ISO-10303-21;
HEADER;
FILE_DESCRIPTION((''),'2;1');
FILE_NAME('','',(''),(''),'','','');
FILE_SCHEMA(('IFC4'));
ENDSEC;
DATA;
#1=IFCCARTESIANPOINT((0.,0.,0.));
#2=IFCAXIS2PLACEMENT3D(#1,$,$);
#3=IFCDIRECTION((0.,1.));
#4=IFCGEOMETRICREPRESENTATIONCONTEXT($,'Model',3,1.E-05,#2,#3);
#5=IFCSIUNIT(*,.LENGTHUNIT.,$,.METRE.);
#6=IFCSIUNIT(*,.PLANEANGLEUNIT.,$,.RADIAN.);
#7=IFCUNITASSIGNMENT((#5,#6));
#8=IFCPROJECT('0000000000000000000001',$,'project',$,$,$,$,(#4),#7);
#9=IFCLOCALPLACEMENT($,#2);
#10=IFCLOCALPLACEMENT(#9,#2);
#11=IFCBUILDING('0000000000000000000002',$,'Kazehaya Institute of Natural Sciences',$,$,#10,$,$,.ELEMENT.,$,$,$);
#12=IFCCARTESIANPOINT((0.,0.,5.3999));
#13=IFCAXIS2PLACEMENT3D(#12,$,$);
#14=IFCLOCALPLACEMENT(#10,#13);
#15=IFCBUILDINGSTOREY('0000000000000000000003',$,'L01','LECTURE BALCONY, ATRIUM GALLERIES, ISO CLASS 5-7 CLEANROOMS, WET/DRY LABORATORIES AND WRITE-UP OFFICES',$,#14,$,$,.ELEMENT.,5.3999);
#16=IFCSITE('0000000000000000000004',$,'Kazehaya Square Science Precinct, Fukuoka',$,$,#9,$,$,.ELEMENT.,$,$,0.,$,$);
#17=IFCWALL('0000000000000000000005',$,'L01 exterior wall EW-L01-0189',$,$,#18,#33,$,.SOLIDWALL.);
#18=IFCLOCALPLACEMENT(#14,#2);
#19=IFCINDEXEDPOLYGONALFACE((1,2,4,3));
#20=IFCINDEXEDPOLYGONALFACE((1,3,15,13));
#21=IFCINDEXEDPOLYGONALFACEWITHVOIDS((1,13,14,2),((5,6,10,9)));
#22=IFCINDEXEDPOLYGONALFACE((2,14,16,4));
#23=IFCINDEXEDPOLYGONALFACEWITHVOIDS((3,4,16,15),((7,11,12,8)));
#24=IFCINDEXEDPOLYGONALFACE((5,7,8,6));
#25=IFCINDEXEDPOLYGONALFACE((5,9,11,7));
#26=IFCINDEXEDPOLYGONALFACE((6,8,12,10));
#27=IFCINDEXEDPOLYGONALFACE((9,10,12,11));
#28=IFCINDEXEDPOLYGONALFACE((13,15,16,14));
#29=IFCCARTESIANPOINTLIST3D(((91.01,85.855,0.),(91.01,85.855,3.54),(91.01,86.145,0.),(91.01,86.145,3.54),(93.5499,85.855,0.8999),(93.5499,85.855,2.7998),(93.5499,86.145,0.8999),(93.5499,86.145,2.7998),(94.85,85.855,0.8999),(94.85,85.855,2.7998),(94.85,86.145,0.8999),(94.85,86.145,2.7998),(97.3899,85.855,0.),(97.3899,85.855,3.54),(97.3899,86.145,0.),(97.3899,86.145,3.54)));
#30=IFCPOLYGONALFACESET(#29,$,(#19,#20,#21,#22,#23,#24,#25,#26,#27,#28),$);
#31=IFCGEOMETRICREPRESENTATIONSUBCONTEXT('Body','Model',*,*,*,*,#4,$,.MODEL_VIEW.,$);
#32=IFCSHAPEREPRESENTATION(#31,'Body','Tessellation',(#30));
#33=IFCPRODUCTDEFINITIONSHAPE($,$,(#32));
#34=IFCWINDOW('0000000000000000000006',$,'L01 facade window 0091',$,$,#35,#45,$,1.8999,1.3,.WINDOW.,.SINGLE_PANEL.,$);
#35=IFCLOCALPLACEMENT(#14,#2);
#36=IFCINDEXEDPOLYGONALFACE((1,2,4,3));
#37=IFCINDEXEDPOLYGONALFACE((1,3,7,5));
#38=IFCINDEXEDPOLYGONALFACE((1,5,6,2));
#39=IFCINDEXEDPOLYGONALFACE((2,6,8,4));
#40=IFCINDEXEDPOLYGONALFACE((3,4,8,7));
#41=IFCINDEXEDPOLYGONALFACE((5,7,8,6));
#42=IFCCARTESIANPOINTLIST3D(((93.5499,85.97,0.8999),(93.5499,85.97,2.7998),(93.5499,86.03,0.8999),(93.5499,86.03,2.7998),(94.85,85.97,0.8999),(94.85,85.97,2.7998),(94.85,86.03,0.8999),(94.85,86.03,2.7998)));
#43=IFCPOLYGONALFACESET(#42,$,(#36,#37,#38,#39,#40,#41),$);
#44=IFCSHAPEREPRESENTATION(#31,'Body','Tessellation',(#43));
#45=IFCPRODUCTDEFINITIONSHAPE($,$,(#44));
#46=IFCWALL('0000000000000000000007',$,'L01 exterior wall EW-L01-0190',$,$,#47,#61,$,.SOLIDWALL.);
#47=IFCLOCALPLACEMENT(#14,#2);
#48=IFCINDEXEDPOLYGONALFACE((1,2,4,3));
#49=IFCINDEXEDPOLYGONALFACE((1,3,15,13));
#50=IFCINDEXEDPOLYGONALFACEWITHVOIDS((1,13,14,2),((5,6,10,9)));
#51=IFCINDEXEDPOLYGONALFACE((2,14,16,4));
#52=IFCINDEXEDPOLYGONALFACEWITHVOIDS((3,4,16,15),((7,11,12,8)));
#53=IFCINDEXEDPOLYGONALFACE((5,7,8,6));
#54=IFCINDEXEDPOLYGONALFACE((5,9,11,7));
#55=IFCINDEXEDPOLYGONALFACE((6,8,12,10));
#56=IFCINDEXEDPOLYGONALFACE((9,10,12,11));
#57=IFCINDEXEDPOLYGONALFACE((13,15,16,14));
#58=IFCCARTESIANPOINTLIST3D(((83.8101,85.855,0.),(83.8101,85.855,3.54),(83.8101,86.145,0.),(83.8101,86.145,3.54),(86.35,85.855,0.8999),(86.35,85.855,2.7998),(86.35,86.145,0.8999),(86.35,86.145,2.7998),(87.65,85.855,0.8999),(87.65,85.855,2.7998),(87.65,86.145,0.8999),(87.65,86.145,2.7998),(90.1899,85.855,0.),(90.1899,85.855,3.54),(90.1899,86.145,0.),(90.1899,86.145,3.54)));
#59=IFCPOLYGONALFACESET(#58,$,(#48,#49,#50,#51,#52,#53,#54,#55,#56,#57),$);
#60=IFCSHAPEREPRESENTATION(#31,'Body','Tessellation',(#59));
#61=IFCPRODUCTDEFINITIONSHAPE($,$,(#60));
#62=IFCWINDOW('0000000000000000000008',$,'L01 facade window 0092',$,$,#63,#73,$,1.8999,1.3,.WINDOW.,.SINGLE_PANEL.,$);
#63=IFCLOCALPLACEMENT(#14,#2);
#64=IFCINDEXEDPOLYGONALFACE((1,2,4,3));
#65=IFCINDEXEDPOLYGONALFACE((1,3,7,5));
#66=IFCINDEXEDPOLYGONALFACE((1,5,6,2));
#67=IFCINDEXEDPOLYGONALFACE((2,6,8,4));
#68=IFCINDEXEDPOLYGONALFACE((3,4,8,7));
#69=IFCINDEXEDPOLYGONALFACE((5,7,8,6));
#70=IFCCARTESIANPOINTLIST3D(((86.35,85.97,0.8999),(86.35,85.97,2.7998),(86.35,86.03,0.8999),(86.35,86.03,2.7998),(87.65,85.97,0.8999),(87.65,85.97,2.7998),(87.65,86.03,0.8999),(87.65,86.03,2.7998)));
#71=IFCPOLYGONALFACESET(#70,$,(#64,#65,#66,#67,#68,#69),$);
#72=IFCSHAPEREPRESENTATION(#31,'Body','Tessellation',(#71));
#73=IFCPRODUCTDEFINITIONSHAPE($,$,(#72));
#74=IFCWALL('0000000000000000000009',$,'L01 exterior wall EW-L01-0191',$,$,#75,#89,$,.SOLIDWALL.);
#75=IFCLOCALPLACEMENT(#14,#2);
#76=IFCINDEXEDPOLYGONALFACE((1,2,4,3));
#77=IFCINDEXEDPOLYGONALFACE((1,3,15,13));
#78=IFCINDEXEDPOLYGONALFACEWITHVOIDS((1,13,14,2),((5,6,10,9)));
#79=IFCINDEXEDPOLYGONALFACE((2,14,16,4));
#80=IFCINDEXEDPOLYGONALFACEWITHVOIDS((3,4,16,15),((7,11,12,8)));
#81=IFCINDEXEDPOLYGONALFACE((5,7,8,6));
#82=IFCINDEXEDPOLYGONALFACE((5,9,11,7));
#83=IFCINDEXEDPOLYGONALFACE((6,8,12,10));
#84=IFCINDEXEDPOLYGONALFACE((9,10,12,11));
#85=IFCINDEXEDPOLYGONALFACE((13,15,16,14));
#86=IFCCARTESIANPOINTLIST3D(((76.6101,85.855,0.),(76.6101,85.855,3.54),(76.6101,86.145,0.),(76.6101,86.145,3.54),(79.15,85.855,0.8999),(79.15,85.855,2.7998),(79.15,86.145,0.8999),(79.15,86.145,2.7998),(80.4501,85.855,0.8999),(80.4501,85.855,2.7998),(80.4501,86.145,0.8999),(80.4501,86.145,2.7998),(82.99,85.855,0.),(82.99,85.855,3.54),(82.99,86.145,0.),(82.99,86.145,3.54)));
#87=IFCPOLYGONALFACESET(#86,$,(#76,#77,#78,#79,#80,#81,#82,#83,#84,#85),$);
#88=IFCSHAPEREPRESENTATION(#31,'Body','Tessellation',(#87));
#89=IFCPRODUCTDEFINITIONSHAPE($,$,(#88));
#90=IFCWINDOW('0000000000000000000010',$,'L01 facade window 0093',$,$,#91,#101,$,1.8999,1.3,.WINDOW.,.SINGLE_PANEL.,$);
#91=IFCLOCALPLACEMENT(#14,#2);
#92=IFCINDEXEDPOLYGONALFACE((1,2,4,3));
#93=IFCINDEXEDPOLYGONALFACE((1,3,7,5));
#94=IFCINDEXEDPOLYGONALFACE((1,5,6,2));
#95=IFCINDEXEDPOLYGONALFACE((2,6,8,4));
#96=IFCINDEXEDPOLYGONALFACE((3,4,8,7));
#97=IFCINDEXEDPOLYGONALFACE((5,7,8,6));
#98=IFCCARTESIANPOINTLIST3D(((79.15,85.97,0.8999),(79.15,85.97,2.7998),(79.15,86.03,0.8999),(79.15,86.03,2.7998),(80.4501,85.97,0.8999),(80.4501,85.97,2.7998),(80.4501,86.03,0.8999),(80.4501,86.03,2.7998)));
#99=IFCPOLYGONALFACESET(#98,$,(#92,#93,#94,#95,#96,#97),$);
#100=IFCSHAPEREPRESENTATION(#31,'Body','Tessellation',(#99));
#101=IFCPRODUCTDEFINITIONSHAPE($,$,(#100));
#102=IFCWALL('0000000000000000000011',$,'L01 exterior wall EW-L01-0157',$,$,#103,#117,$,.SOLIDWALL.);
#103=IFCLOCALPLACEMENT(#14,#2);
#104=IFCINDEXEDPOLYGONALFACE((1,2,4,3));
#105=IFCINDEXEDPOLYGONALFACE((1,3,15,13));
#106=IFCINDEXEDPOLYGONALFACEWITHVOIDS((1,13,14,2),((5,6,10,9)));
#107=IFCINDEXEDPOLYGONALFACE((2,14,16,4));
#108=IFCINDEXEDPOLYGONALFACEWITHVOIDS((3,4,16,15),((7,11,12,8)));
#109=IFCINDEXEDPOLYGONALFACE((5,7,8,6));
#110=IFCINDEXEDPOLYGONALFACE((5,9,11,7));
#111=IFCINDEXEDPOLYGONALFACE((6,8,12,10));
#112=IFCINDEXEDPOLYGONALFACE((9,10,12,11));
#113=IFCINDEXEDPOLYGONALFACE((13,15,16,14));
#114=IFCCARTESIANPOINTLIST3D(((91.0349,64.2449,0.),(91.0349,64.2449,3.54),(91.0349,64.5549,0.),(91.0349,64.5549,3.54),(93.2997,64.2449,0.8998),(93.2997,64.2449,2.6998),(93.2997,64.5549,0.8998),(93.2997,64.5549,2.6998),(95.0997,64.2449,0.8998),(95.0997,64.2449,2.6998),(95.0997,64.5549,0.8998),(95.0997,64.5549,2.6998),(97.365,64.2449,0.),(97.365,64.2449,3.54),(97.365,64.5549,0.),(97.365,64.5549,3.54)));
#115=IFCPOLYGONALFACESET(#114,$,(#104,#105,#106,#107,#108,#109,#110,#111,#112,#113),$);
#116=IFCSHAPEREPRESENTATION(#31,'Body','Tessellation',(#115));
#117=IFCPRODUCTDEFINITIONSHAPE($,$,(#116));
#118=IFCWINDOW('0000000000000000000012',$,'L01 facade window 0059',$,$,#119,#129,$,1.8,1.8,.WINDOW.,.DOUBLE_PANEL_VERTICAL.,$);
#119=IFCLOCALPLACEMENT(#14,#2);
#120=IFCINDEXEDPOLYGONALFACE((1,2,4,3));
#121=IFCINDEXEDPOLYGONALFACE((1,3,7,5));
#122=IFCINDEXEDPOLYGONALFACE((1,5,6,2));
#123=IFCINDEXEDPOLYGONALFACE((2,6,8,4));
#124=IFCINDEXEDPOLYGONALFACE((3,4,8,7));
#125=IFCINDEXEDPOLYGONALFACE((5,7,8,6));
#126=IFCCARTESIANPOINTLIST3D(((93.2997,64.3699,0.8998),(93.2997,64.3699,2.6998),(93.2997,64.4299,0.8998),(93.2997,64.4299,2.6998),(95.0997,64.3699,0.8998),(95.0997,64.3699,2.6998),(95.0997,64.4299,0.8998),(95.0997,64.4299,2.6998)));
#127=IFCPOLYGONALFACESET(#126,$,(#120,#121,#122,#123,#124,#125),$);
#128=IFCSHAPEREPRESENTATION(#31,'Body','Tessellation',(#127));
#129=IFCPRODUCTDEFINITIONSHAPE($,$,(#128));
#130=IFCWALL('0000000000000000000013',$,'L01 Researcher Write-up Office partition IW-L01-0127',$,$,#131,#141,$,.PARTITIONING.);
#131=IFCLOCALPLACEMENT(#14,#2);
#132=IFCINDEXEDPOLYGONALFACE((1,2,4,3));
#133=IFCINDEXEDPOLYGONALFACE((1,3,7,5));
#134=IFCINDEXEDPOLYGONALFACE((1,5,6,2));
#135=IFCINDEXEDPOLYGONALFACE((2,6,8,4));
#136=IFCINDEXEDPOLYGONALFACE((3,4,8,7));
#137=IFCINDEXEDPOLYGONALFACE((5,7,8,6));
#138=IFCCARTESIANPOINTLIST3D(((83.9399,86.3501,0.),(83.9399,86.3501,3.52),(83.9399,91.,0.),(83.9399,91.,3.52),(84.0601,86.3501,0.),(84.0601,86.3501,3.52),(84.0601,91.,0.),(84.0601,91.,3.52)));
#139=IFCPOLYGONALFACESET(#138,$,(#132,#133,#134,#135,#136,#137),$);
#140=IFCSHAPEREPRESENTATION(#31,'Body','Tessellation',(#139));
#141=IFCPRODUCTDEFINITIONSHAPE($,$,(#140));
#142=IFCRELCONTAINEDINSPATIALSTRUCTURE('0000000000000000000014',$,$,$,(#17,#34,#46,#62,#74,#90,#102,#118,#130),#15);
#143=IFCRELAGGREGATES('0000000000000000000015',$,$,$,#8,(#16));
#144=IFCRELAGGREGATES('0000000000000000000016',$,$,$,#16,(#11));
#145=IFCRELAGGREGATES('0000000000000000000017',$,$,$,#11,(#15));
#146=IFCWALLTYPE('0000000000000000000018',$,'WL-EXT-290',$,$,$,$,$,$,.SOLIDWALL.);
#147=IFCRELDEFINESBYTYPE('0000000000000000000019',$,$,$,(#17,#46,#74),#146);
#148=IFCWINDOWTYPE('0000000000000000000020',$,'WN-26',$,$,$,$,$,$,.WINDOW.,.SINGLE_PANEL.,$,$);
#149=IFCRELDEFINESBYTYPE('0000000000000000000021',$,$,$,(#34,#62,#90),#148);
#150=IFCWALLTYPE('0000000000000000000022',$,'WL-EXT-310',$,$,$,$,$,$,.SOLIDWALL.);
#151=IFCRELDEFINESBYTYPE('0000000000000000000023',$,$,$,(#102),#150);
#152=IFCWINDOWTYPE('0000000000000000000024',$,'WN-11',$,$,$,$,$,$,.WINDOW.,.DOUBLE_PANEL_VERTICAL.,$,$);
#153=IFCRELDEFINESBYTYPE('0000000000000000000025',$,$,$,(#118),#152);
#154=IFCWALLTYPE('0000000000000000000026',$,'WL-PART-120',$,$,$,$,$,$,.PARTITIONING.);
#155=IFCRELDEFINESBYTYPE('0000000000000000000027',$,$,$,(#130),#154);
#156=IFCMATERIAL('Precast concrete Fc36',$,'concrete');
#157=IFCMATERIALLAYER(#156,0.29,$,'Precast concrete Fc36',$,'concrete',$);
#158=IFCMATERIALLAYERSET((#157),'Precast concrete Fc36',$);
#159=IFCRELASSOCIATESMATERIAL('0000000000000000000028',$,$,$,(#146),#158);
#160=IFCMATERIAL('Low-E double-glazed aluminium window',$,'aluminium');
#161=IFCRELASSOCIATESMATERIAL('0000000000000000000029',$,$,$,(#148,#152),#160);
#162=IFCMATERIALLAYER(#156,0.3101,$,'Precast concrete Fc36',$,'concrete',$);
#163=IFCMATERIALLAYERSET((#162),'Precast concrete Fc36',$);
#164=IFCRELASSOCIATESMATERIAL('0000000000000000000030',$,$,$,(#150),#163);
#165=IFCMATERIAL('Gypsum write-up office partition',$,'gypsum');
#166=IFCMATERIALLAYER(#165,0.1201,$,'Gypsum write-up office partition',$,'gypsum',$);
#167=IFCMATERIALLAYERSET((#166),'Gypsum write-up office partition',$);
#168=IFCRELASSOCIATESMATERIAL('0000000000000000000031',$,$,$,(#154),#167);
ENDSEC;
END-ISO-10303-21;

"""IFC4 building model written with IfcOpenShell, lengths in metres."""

from ifc_helpers import new_model, si_unit, direction, frame, frame_2d, origin, place, context, subcontext, project, spatial, rectangle, extrude, material, layer, layer_set, type_object, element, fill, save


model = new_model("IFC4")

# Units and contexts
model_context = context("Model", 3, precision=1e-05, world=origin(), true_north=direction((0.0, 1.0)))
body_context = subcontext(model_context, "Body", "Model", "MODEL_VIEW")
ifc_project = project(units=[si_unit("LENGTHUNIT", "METRE"), si_unit("PLANEANGLEUNIT", "RADIAN")], contexts=[model_context])

# Site, building, storey
site_placement = place(None, origin())
site = spatial("IfcSite", under=ifc_project, at=site_placement, Name="Kazehaya Square Science Precinct, Fukuoka", CompositionType="ELEMENT", RefElevation=0.0)
building_placement = place(site_placement, origin())
building = spatial("IfcBuilding", under=site, at=building_placement, Name="Kazehaya Institute of Natural Sciences", CompositionType="ELEMENT")
storey_placement = place(building_placement, frame((0.0, 0.0, 5.3999)))
storey = spatial("IfcBuildingStorey", under=building, at=storey_placement, Name="L01", Description="LECTURE BALCONY, ATRIUM GALLERIES, ISO CLASS 5-7 CLEANROOMS, WET/DRY LABORATORIES AND WRITE-UP OFFICES", CompositionType="ELEMENT", Elevation=5.3999)

# Walls, openings, windows
ifc_material_1 = material(Name="Precast concrete Fc36", Category="concrete")
ifc_layer_1 = layer(ifc_material_1, 0.29, Name="Precast concrete Fc36", Category="concrete")
ifc_layer_set_1 = layer_set([ifc_layer_1], Name="Precast concrete Fc36")
wall_type_1 = type_object("IfcWallType", Name="WL-EXT-290", PredefinedType="SOLIDWALL", material=ifc_layer_set_1)
wall_1_placement = place(storey_placement, frame((97.3899, 86.0, 0.0), z_axis=(0.0, 0.0, 1.0), x_axis=(-1.0, 0.0, 0.0)))
wall_1 = element("IfcWall", 1, at=wall_1_placement, inside=storey, type_object=wall_type_1, Name="L01 exterior wall EW-L01-0189", PredefinedType="SOLIDWALL", context=body_context, shape_type="SweptSolid", body=[
    extrude(rectangle(XDim=6.3799, YDim=0.29, at=frame_2d((3.1899, 0.0))), origin(), (0.0, 0.0, 1.0), 3.54),
])
opening_1_placement = place(wall_1_placement, frame((2.54, 0.0, 0.8999)))
opening_1 = element("IfcOpeningElement", 2, at=opening_1_placement, cuts=wall_1, PredefinedType="OPENING", context=body_context, shape_type="SweptSolid", body=[
    extrude(rectangle(XDim=1.3, YDim=1.8999, at=frame_2d((0.6499, 0.95))), frame((0.0, 0.155, 0.0), z_axis=(0.0, -1.0, 0.0), x_axis=(1.0, 0.0, 0.0)), (0.0, 0.0, 1.0), 0.3101),
])
ifc_material_2 = material(Name="Low-E double-glazed aluminium window", Category="aluminium")
window_type_1 = type_object("IfcWindowType", Name="WN-26", PartitioningType="SINGLE_PANEL", PredefinedType="WINDOW", material=ifc_material_2)
window_1_placement = place(opening_1_placement, origin())
window_1 = element("IfcWindow", 3, at=window_1_placement, inside=storey, type_object=window_type_1, Name="L01 facade window 0091", OverallHeight=1.8999, OverallWidth=1.3, PartitioningType="SINGLE_PANEL", PredefinedType="WINDOW", context=body_context, shape_type="SweptSolid", body=[
    extrude(rectangle(XDim=1.3, YDim=1.8999, at=frame_2d((0.6499, 0.95))), frame((0.0, 0.03, 0.0), z_axis=(0.0, -1.0, 0.0), x_axis=(1.0, 0.0, 0.0)), (0.0, 0.0, 1.0), 0.0601),
])
fill(opening_1, window_1)
wall_2_placement = place(storey_placement, frame((90.1899, 86.0, 0.0), z_axis=(0.0, 0.0, 1.0), x_axis=(-1.0, 0.0, 0.0)))
wall_2 = element("IfcWall", 4, at=wall_2_placement, inside=storey, type_object=wall_type_1, Name="L01 exterior wall EW-L01-0190", PredefinedType="SOLIDWALL", context=body_context, shape_type="SweptSolid", body=[
    extrude(rectangle(XDim=6.3799, YDim=0.29, at=frame_2d((3.1899, 0.0))), origin(), (0.0, 0.0, 1.0), 3.54),
])
opening_2_placement = place(wall_2_placement, frame((2.54, 0.0, 0.8999)))
opening_2 = element("IfcOpeningElement", 5, at=opening_2_placement, cuts=wall_2, PredefinedType="OPENING", context=body_context, shape_type="SweptSolid", body=[
    extrude(rectangle(XDim=1.3, YDim=1.8999, at=frame_2d((0.6499, 0.95))), frame((0.0, 0.155, 0.0), z_axis=(0.0, -1.0, 0.0), x_axis=(1.0, 0.0, 0.0)), (0.0, 0.0, 1.0), 0.3101),
])
window_2_placement = place(opening_2_placement, origin())
window_2 = element("IfcWindow", 6, at=window_2_placement, inside=storey, type_object=window_type_1, Name="L01 facade window 0092", OverallHeight=1.8999, OverallWidth=1.3, PartitioningType="SINGLE_PANEL", PredefinedType="WINDOW", context=body_context, shape_type="SweptSolid", body=[
    extrude(rectangle(XDim=1.3, YDim=1.8999, at=frame_2d((0.6499, 0.95))), frame((0.0, 0.03, 0.0), z_axis=(0.0, -1.0, 0.0), x_axis=(1.0, 0.0, 0.0)), (0.0, 0.0, 1.0), 0.0601),
])
fill(opening_2, window_2)
wall_3_placement = place(storey_placement, frame((82.99, 86.0, 0.0), z_axis=(0.0, 0.0, 1.0), x_axis=(-1.0, 0.0, 0.0)))
wall_3 = element("IfcWall", 7, at=wall_3_placement, inside=storey, type_object=wall_type_1, Name="L01 exterior wall EW-L01-0191", PredefinedType="SOLIDWALL", context=body_context, shape_type="SweptSolid", body=[
    extrude(rectangle(XDim=6.3799, YDim=0.29, at=frame_2d((3.1899, 0.0))), origin(), (0.0, 0.0, 1.0), 3.54),
])
opening_3_placement = place(wall_3_placement, frame((2.54, 0.0, 0.8999)))
opening_3 = element("IfcOpeningElement", 8, at=opening_3_placement, cuts=wall_3, PredefinedType="OPENING", context=body_context, shape_type="SweptSolid", body=[
    extrude(rectangle(XDim=1.3, YDim=1.8999, at=frame_2d((0.6499, 0.95))), frame((0.0, 0.155, 0.0), z_axis=(0.0, -1.0, 0.0), x_axis=(1.0, 0.0, 0.0)), (0.0, 0.0, 1.0), 0.3101),
])
window_3_placement = place(opening_3_placement, origin())
window_3 = element("IfcWindow", 9, at=window_3_placement, inside=storey, type_object=window_type_1, Name="L01 facade window 0093", OverallHeight=1.8999, OverallWidth=1.3, PartitioningType="SINGLE_PANEL", PredefinedType="WINDOW", context=body_context, shape_type="SweptSolid", body=[
    extrude(rectangle(XDim=1.3, YDim=1.8999, at=frame_2d((0.6499, 0.95))), frame((0.0, 0.03, 0.0), z_axis=(0.0, -1.0, 0.0), x_axis=(1.0, 0.0, 0.0)), (0.0, 0.0, 1.0), 0.0601),
])
fill(opening_3, window_3)
ifc_layer_2 = layer(ifc_material_1, 0.3101, Name="Precast concrete Fc36", Category="concrete")
ifc_layer_set_2 = layer_set([ifc_layer_2], Name="Precast concrete Fc36")
wall_type_2 = type_object("IfcWallType", Name="WL-EXT-310", PredefinedType="SOLIDWALL", material=ifc_layer_set_2)
wall_4_placement = place(storey_placement, frame((91.0349, 64.3999, 0.0), z_axis=(0.0, 0.0, 1.0), x_axis=(1.0, 0.0, 0.0)))
wall_4 = element("IfcWall", 10, at=wall_4_placement, inside=storey, type_object=wall_type_2, Name="L01 exterior wall EW-L01-0157", PredefinedType="SOLIDWALL", context=body_context, shape_type="SweptSolid", body=[
    extrude(rectangle(XDim=6.3301, YDim=0.3101, at=frame_2d((3.165, 0.0))), origin(), (0.0, 0.0, 1.0), 3.54),
])
opening_4_placement = place(wall_4_placement, frame((2.2649, 0.0, 0.8999)))
opening_4 = element("IfcOpeningElement", 11, at=opening_4_placement, cuts=wall_4, PredefinedType="OPENING", context=body_context, shape_type="SweptSolid", body=[
    extrude(rectangle(XDim=1.8, YDim=1.8, at=frame_2d((0.8999, 0.8999))), frame((0.0, 0.165, 0.0), z_axis=(0.0, -1.0, 0.0), x_axis=(1.0, 0.0, 0.0)), (0.0, 0.0, 1.0), 0.3301),
])
window_type_2 = type_object("IfcWindowType", Name="WN-11", PartitioningType="DOUBLE_PANEL_VERTICAL", PredefinedType="WINDOW", material=ifc_material_2)
window_4_placement = place(opening_4_placement, origin())
window_4 = element("IfcWindow", 12, at=window_4_placement, inside=storey, type_object=window_type_2, Name="L01 facade window 0059", OverallHeight=1.8, OverallWidth=1.8, PartitioningType="DOUBLE_PANEL_VERTICAL", PredefinedType="WINDOW", context=body_context, shape_type="SweptSolid", body=[
    extrude(rectangle(XDim=1.8, YDim=1.8, at=frame_2d((0.8999, 0.8999))), frame((0.0, 0.03, 0.0), z_axis=(0.0, -1.0, 0.0), x_axis=(1.0, 0.0, 0.0)), (0.0, 0.0, 1.0), 0.0601),
])
fill(opening_4, window_4)

# Wall
ifc_material_3 = material(Name="Gypsum write-up office partition", Category="gypsum")
ifc_layer_3 = layer(ifc_material_3, 0.1201, Name="Gypsum write-up office partition", Category="gypsum")
ifc_layer_set_3 = layer_set([ifc_layer_3], Name="Gypsum write-up office partition")
wall_type_3 = type_object("IfcWallType", Name="WL-PART-120", PredefinedType="PARTITIONING", material=ifc_layer_set_3)
wall_5_placement = place(storey_placement, frame((84.0, 86.3501, 0.0), z_axis=(0.0, 0.0, 1.0), x_axis=(0.0, 1.0, 0.0)))
element("IfcWall", 13, at=wall_5_placement, inside=storey, type_object=wall_type_3, Name="L01 Researcher Write-up Office partition IW-L01-0127", PredefinedType="PARTITIONING", context=body_context, shape_type="SweptSolid", body=[
    extrude(rectangle(XDim=4.6499, YDim=0.1201, at=frame_2d((2.325, 0.0))), origin(), (0.0, 0.0, 1.0), 3.52),
])

save(model, "model.ifc")
